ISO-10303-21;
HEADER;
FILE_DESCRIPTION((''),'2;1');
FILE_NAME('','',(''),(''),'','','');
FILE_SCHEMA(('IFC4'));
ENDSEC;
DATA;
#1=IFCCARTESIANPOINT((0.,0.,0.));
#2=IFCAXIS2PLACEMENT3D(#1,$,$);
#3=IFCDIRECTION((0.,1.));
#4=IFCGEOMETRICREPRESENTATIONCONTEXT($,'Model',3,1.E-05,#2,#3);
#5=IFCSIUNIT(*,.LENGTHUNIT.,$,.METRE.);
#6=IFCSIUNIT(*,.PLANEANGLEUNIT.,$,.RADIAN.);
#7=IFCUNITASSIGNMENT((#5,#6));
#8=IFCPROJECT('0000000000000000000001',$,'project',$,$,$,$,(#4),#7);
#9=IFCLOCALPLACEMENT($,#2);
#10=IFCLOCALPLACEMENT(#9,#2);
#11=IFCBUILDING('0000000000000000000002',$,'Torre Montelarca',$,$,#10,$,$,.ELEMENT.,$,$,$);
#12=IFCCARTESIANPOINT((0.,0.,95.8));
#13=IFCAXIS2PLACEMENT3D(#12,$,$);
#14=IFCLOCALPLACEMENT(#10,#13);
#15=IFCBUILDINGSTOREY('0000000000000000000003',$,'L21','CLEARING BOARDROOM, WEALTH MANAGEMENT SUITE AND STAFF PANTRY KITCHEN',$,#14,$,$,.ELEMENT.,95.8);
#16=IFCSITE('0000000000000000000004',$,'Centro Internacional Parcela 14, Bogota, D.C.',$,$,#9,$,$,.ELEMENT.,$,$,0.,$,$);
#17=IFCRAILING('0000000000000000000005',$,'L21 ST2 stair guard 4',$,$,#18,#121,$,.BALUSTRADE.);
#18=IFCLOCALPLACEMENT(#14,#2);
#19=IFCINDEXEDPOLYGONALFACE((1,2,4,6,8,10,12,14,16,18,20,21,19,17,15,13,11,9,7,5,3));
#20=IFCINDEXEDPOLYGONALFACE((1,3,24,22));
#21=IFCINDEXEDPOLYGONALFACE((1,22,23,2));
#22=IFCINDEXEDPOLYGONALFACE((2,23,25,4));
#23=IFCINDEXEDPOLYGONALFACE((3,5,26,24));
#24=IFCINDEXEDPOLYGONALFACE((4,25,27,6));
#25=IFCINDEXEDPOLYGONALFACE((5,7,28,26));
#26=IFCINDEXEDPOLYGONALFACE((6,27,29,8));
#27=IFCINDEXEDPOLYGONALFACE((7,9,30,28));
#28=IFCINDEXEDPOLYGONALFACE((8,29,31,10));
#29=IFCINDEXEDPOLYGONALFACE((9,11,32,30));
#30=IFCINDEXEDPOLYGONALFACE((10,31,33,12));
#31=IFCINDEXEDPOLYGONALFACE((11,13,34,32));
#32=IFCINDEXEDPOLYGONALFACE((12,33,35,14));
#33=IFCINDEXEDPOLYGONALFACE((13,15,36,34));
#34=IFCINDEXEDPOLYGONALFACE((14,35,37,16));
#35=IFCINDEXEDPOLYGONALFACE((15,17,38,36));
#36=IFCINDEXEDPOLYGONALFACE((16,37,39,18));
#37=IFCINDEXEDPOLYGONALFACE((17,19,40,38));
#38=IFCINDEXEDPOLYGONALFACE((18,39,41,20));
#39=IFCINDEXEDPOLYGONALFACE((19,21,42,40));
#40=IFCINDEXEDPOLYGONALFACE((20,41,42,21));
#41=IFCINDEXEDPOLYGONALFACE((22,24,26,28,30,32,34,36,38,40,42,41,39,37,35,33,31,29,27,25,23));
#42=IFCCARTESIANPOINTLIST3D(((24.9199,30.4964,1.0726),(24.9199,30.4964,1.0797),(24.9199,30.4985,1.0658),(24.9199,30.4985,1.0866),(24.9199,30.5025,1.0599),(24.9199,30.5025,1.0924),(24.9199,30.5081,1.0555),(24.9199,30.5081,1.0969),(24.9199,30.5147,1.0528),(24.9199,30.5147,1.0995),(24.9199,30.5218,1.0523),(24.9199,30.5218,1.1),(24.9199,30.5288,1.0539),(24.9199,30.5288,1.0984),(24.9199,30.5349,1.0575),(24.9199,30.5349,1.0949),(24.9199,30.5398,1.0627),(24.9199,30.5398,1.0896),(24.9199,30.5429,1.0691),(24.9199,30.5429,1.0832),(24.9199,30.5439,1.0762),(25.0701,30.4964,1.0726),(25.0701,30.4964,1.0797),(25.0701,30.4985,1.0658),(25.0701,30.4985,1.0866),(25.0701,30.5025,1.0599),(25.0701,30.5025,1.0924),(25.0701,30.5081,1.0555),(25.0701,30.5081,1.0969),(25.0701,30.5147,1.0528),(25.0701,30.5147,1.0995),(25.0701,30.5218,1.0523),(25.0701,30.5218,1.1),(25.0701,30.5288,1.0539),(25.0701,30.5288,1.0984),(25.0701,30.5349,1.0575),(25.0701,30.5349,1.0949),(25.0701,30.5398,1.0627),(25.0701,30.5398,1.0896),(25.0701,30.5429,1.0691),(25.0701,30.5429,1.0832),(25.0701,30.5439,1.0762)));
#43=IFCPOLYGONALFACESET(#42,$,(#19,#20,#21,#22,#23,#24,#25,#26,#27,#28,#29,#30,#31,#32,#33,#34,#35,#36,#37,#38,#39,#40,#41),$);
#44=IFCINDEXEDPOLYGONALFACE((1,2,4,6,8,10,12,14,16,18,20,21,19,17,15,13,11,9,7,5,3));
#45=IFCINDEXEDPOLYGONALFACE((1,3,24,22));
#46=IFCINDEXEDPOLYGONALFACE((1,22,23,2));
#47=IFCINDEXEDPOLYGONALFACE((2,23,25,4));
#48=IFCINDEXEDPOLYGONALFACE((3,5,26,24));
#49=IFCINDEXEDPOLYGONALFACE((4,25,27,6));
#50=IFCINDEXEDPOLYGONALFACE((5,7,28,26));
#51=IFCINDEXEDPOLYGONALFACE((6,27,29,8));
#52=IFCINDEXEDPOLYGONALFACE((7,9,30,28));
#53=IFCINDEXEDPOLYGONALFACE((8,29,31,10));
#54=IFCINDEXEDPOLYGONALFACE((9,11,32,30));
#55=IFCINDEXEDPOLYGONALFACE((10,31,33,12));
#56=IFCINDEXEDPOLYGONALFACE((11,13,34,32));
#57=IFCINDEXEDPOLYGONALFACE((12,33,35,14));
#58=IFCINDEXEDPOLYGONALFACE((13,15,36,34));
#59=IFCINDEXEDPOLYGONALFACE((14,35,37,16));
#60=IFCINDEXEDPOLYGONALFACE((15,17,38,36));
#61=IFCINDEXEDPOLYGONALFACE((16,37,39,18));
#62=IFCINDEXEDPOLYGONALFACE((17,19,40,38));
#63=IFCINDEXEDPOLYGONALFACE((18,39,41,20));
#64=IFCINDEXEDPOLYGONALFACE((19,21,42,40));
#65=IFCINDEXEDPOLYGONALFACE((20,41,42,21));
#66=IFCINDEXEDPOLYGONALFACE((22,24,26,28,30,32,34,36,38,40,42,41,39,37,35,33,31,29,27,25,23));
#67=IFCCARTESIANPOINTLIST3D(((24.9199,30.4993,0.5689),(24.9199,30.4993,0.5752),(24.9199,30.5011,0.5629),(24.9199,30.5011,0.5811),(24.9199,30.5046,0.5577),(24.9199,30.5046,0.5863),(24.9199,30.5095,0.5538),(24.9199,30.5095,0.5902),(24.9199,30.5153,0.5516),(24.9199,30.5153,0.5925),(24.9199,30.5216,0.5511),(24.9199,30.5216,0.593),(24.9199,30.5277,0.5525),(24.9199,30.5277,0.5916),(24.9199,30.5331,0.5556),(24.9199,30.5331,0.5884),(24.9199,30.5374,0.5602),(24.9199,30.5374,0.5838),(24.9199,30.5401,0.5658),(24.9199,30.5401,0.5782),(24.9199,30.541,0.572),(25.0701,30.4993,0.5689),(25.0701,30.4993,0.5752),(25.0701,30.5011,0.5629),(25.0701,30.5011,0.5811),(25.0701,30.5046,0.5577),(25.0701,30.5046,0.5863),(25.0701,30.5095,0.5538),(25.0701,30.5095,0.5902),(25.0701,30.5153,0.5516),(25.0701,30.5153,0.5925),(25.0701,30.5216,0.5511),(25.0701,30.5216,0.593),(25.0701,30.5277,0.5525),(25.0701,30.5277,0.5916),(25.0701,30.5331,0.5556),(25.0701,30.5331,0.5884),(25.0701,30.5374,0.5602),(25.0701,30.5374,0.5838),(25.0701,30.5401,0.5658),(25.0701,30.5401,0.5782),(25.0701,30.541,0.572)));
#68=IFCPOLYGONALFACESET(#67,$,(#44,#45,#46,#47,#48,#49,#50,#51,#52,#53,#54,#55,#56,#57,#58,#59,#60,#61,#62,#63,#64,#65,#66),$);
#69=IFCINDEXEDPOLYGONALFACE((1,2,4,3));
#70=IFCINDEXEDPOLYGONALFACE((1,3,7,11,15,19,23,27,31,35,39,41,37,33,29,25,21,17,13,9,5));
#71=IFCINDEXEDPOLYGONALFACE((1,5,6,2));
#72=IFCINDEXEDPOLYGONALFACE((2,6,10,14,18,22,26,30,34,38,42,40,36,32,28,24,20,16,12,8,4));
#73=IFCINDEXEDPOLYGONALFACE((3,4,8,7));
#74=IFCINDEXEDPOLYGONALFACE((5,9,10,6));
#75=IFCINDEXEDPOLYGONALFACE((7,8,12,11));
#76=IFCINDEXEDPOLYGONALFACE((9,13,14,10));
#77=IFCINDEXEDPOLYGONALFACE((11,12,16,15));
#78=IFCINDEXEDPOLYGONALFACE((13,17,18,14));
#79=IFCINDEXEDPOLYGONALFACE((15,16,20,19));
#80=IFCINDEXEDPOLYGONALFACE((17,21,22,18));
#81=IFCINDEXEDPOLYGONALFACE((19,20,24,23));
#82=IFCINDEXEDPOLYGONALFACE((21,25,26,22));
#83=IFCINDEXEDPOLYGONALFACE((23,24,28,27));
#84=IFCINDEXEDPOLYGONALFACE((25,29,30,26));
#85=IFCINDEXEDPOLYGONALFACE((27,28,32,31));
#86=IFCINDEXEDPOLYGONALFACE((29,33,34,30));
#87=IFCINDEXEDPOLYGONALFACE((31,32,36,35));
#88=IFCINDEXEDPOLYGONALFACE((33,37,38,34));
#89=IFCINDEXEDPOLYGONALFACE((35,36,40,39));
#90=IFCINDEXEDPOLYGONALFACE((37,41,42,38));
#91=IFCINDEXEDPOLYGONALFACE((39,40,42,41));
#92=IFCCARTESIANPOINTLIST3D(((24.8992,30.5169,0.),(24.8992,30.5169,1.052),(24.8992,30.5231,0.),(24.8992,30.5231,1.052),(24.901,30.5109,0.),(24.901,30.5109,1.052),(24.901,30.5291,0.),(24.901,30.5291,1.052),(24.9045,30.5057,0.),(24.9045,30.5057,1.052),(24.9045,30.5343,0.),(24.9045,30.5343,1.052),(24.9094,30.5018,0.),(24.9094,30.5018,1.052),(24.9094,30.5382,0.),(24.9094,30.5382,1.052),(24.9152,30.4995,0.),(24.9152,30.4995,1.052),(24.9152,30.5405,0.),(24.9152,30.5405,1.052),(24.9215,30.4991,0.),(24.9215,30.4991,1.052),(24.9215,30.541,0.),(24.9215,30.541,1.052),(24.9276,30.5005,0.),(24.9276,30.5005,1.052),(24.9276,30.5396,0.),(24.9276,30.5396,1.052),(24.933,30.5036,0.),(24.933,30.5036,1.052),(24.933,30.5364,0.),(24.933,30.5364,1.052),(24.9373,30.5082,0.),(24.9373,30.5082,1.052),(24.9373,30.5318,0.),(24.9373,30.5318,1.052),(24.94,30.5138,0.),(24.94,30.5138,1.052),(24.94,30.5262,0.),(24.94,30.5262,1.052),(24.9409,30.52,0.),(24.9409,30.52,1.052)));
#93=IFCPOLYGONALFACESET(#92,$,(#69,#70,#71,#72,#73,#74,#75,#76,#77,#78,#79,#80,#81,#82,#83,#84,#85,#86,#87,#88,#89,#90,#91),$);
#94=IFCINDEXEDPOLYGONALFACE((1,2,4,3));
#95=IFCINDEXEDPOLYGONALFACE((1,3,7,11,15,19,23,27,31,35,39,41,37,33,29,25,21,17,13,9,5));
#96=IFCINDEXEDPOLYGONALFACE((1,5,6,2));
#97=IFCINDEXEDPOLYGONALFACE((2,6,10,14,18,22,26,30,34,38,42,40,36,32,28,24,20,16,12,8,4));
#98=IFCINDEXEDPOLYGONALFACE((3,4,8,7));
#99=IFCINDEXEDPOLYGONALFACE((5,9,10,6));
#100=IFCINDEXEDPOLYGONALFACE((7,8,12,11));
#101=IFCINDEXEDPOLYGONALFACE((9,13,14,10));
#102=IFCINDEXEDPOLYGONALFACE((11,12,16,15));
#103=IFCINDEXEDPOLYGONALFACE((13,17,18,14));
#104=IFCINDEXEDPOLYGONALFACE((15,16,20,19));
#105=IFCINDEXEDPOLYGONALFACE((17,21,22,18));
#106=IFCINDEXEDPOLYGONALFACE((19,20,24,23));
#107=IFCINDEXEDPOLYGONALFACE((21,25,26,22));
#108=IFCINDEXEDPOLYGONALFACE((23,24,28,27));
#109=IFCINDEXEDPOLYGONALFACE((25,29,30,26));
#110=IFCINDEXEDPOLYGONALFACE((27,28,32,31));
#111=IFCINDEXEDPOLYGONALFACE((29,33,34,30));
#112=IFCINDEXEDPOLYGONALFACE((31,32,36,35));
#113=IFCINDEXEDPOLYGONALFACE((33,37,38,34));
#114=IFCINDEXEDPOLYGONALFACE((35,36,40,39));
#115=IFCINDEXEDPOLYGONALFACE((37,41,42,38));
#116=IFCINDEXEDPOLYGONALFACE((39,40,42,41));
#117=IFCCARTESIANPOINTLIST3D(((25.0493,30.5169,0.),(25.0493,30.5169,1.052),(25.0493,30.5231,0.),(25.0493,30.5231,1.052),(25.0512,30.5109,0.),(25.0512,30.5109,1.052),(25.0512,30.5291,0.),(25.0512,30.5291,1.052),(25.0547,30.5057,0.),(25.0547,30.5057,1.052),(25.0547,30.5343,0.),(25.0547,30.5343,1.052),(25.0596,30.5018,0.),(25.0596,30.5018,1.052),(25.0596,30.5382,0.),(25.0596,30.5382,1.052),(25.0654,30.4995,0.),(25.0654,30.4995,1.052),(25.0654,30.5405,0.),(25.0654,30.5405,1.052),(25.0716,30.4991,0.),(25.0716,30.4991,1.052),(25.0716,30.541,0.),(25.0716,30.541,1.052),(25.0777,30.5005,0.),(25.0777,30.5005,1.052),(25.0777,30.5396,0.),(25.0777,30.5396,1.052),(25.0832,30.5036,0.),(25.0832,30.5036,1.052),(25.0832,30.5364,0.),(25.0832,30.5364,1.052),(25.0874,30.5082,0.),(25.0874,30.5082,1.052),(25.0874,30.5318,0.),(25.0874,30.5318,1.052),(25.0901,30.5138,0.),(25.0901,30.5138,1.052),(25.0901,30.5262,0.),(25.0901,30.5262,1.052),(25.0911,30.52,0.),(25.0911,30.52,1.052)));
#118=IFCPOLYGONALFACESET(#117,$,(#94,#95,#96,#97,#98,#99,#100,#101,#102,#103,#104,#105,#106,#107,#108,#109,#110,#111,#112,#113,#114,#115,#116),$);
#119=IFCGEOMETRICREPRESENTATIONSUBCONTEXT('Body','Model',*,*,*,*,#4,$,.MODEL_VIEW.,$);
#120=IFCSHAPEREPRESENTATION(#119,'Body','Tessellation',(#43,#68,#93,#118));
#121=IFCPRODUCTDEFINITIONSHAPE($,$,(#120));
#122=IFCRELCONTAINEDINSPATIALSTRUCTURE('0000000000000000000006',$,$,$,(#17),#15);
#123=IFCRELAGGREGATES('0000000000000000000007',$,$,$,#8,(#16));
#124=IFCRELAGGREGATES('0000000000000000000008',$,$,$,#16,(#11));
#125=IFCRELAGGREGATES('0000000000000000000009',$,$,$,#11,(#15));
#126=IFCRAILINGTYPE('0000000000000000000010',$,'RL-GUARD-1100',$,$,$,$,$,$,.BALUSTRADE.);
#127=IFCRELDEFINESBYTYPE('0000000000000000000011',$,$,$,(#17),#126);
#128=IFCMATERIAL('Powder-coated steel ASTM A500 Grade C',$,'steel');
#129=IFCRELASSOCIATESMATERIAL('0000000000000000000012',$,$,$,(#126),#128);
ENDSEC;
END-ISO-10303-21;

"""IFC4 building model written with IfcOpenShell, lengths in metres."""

from ifc_helpers import new_model, si_unit, direction, frame, origin, origin_2d, place, context, subcontext, project, spatial, circle, extrude, material, type_object, element, save


model = new_model("IFC4")

# Units and contexts
model_context = context("Model", 3, precision=1e-05, world=origin(), true_north=direction((0.0, 1.0)))
body_context = subcontext(model_context, "Body", "Model", "MODEL_VIEW")
ifc_project = project(units=[si_unit("LENGTHUNIT", "METRE"), si_unit("PLANEANGLEUNIT", "RADIAN")], contexts=[model_context])

# Site, building, storey
site_placement = place(None, origin())
site = spatial("IfcSite", under=ifc_project, at=site_placement, Name="Centro Internacional Parcela 14, Bogota, D.C.", CompositionType="ELEMENT", RefElevation=0.0)
building_placement = place(site_placement, origin())
building = spatial("IfcBuilding", under=site, at=building_placement, Name="Torre Montelarca", CompositionType="ELEMENT")
storey_placement = place(building_placement, frame((0.0, 0.0, 95.8)))
storey = spatial("IfcBuildingStorey", under=building, at=storey_placement, Name="L21", Description="CLEARING BOARDROOM, WEALTH MANAGEMENT SUITE AND STAFF PANTRY KITCHEN", CompositionType="ELEMENT", Elevation=95.8)

# Railing
ifc_material_1 = material(Name="Powder-coated steel ASTM A500 Grade C", Category="steel")
railing_type_1 = type_object("IfcRailingType", Name="RL-GUARD-1100", PredefinedType="BALUSTRADE", material=ifc_material_1)
railing_1_placement = place(storey_placement, frame((24.9199, 30.52, 0.0)))
element("IfcRailing", 1, at=railing_1_placement, inside=storey, type_object=railing_type_1, Name="L21 ST2 stair guard 4", PredefinedType="BALUSTRADE", context=body_context, shape_type="SweptSolid", body=[
    extrude(circle(Radius=0.0239, at=origin_2d()), frame((0.0, 0.0, 1.0762), z_axis=(1.0, 0.0, 0.0), x_axis=(0.0, 1.0, 0.0)), (0.0, 0.0, 1.0), 0.1501),
    extrude(circle(Radius=0.021, at=origin_2d()), frame((0.0, 0.0, 0.572), z_axis=(1.0, 0.0, 0.0), x_axis=(0.0, 1.0, 0.0)), (0.0, 0.0, 1.0), 0.1501),
    extrude(circle(Radius=0.021, at=origin_2d()), origin(), (0.0, 0.0, 1.0), 1.052),
    extrude(circle(Radius=0.021, at=origin_2d()), frame((0.1501, 0.0, 0.0)), (0.0, 0.0, 1.0), 1.052),
])

save(model, "model.ifc")
